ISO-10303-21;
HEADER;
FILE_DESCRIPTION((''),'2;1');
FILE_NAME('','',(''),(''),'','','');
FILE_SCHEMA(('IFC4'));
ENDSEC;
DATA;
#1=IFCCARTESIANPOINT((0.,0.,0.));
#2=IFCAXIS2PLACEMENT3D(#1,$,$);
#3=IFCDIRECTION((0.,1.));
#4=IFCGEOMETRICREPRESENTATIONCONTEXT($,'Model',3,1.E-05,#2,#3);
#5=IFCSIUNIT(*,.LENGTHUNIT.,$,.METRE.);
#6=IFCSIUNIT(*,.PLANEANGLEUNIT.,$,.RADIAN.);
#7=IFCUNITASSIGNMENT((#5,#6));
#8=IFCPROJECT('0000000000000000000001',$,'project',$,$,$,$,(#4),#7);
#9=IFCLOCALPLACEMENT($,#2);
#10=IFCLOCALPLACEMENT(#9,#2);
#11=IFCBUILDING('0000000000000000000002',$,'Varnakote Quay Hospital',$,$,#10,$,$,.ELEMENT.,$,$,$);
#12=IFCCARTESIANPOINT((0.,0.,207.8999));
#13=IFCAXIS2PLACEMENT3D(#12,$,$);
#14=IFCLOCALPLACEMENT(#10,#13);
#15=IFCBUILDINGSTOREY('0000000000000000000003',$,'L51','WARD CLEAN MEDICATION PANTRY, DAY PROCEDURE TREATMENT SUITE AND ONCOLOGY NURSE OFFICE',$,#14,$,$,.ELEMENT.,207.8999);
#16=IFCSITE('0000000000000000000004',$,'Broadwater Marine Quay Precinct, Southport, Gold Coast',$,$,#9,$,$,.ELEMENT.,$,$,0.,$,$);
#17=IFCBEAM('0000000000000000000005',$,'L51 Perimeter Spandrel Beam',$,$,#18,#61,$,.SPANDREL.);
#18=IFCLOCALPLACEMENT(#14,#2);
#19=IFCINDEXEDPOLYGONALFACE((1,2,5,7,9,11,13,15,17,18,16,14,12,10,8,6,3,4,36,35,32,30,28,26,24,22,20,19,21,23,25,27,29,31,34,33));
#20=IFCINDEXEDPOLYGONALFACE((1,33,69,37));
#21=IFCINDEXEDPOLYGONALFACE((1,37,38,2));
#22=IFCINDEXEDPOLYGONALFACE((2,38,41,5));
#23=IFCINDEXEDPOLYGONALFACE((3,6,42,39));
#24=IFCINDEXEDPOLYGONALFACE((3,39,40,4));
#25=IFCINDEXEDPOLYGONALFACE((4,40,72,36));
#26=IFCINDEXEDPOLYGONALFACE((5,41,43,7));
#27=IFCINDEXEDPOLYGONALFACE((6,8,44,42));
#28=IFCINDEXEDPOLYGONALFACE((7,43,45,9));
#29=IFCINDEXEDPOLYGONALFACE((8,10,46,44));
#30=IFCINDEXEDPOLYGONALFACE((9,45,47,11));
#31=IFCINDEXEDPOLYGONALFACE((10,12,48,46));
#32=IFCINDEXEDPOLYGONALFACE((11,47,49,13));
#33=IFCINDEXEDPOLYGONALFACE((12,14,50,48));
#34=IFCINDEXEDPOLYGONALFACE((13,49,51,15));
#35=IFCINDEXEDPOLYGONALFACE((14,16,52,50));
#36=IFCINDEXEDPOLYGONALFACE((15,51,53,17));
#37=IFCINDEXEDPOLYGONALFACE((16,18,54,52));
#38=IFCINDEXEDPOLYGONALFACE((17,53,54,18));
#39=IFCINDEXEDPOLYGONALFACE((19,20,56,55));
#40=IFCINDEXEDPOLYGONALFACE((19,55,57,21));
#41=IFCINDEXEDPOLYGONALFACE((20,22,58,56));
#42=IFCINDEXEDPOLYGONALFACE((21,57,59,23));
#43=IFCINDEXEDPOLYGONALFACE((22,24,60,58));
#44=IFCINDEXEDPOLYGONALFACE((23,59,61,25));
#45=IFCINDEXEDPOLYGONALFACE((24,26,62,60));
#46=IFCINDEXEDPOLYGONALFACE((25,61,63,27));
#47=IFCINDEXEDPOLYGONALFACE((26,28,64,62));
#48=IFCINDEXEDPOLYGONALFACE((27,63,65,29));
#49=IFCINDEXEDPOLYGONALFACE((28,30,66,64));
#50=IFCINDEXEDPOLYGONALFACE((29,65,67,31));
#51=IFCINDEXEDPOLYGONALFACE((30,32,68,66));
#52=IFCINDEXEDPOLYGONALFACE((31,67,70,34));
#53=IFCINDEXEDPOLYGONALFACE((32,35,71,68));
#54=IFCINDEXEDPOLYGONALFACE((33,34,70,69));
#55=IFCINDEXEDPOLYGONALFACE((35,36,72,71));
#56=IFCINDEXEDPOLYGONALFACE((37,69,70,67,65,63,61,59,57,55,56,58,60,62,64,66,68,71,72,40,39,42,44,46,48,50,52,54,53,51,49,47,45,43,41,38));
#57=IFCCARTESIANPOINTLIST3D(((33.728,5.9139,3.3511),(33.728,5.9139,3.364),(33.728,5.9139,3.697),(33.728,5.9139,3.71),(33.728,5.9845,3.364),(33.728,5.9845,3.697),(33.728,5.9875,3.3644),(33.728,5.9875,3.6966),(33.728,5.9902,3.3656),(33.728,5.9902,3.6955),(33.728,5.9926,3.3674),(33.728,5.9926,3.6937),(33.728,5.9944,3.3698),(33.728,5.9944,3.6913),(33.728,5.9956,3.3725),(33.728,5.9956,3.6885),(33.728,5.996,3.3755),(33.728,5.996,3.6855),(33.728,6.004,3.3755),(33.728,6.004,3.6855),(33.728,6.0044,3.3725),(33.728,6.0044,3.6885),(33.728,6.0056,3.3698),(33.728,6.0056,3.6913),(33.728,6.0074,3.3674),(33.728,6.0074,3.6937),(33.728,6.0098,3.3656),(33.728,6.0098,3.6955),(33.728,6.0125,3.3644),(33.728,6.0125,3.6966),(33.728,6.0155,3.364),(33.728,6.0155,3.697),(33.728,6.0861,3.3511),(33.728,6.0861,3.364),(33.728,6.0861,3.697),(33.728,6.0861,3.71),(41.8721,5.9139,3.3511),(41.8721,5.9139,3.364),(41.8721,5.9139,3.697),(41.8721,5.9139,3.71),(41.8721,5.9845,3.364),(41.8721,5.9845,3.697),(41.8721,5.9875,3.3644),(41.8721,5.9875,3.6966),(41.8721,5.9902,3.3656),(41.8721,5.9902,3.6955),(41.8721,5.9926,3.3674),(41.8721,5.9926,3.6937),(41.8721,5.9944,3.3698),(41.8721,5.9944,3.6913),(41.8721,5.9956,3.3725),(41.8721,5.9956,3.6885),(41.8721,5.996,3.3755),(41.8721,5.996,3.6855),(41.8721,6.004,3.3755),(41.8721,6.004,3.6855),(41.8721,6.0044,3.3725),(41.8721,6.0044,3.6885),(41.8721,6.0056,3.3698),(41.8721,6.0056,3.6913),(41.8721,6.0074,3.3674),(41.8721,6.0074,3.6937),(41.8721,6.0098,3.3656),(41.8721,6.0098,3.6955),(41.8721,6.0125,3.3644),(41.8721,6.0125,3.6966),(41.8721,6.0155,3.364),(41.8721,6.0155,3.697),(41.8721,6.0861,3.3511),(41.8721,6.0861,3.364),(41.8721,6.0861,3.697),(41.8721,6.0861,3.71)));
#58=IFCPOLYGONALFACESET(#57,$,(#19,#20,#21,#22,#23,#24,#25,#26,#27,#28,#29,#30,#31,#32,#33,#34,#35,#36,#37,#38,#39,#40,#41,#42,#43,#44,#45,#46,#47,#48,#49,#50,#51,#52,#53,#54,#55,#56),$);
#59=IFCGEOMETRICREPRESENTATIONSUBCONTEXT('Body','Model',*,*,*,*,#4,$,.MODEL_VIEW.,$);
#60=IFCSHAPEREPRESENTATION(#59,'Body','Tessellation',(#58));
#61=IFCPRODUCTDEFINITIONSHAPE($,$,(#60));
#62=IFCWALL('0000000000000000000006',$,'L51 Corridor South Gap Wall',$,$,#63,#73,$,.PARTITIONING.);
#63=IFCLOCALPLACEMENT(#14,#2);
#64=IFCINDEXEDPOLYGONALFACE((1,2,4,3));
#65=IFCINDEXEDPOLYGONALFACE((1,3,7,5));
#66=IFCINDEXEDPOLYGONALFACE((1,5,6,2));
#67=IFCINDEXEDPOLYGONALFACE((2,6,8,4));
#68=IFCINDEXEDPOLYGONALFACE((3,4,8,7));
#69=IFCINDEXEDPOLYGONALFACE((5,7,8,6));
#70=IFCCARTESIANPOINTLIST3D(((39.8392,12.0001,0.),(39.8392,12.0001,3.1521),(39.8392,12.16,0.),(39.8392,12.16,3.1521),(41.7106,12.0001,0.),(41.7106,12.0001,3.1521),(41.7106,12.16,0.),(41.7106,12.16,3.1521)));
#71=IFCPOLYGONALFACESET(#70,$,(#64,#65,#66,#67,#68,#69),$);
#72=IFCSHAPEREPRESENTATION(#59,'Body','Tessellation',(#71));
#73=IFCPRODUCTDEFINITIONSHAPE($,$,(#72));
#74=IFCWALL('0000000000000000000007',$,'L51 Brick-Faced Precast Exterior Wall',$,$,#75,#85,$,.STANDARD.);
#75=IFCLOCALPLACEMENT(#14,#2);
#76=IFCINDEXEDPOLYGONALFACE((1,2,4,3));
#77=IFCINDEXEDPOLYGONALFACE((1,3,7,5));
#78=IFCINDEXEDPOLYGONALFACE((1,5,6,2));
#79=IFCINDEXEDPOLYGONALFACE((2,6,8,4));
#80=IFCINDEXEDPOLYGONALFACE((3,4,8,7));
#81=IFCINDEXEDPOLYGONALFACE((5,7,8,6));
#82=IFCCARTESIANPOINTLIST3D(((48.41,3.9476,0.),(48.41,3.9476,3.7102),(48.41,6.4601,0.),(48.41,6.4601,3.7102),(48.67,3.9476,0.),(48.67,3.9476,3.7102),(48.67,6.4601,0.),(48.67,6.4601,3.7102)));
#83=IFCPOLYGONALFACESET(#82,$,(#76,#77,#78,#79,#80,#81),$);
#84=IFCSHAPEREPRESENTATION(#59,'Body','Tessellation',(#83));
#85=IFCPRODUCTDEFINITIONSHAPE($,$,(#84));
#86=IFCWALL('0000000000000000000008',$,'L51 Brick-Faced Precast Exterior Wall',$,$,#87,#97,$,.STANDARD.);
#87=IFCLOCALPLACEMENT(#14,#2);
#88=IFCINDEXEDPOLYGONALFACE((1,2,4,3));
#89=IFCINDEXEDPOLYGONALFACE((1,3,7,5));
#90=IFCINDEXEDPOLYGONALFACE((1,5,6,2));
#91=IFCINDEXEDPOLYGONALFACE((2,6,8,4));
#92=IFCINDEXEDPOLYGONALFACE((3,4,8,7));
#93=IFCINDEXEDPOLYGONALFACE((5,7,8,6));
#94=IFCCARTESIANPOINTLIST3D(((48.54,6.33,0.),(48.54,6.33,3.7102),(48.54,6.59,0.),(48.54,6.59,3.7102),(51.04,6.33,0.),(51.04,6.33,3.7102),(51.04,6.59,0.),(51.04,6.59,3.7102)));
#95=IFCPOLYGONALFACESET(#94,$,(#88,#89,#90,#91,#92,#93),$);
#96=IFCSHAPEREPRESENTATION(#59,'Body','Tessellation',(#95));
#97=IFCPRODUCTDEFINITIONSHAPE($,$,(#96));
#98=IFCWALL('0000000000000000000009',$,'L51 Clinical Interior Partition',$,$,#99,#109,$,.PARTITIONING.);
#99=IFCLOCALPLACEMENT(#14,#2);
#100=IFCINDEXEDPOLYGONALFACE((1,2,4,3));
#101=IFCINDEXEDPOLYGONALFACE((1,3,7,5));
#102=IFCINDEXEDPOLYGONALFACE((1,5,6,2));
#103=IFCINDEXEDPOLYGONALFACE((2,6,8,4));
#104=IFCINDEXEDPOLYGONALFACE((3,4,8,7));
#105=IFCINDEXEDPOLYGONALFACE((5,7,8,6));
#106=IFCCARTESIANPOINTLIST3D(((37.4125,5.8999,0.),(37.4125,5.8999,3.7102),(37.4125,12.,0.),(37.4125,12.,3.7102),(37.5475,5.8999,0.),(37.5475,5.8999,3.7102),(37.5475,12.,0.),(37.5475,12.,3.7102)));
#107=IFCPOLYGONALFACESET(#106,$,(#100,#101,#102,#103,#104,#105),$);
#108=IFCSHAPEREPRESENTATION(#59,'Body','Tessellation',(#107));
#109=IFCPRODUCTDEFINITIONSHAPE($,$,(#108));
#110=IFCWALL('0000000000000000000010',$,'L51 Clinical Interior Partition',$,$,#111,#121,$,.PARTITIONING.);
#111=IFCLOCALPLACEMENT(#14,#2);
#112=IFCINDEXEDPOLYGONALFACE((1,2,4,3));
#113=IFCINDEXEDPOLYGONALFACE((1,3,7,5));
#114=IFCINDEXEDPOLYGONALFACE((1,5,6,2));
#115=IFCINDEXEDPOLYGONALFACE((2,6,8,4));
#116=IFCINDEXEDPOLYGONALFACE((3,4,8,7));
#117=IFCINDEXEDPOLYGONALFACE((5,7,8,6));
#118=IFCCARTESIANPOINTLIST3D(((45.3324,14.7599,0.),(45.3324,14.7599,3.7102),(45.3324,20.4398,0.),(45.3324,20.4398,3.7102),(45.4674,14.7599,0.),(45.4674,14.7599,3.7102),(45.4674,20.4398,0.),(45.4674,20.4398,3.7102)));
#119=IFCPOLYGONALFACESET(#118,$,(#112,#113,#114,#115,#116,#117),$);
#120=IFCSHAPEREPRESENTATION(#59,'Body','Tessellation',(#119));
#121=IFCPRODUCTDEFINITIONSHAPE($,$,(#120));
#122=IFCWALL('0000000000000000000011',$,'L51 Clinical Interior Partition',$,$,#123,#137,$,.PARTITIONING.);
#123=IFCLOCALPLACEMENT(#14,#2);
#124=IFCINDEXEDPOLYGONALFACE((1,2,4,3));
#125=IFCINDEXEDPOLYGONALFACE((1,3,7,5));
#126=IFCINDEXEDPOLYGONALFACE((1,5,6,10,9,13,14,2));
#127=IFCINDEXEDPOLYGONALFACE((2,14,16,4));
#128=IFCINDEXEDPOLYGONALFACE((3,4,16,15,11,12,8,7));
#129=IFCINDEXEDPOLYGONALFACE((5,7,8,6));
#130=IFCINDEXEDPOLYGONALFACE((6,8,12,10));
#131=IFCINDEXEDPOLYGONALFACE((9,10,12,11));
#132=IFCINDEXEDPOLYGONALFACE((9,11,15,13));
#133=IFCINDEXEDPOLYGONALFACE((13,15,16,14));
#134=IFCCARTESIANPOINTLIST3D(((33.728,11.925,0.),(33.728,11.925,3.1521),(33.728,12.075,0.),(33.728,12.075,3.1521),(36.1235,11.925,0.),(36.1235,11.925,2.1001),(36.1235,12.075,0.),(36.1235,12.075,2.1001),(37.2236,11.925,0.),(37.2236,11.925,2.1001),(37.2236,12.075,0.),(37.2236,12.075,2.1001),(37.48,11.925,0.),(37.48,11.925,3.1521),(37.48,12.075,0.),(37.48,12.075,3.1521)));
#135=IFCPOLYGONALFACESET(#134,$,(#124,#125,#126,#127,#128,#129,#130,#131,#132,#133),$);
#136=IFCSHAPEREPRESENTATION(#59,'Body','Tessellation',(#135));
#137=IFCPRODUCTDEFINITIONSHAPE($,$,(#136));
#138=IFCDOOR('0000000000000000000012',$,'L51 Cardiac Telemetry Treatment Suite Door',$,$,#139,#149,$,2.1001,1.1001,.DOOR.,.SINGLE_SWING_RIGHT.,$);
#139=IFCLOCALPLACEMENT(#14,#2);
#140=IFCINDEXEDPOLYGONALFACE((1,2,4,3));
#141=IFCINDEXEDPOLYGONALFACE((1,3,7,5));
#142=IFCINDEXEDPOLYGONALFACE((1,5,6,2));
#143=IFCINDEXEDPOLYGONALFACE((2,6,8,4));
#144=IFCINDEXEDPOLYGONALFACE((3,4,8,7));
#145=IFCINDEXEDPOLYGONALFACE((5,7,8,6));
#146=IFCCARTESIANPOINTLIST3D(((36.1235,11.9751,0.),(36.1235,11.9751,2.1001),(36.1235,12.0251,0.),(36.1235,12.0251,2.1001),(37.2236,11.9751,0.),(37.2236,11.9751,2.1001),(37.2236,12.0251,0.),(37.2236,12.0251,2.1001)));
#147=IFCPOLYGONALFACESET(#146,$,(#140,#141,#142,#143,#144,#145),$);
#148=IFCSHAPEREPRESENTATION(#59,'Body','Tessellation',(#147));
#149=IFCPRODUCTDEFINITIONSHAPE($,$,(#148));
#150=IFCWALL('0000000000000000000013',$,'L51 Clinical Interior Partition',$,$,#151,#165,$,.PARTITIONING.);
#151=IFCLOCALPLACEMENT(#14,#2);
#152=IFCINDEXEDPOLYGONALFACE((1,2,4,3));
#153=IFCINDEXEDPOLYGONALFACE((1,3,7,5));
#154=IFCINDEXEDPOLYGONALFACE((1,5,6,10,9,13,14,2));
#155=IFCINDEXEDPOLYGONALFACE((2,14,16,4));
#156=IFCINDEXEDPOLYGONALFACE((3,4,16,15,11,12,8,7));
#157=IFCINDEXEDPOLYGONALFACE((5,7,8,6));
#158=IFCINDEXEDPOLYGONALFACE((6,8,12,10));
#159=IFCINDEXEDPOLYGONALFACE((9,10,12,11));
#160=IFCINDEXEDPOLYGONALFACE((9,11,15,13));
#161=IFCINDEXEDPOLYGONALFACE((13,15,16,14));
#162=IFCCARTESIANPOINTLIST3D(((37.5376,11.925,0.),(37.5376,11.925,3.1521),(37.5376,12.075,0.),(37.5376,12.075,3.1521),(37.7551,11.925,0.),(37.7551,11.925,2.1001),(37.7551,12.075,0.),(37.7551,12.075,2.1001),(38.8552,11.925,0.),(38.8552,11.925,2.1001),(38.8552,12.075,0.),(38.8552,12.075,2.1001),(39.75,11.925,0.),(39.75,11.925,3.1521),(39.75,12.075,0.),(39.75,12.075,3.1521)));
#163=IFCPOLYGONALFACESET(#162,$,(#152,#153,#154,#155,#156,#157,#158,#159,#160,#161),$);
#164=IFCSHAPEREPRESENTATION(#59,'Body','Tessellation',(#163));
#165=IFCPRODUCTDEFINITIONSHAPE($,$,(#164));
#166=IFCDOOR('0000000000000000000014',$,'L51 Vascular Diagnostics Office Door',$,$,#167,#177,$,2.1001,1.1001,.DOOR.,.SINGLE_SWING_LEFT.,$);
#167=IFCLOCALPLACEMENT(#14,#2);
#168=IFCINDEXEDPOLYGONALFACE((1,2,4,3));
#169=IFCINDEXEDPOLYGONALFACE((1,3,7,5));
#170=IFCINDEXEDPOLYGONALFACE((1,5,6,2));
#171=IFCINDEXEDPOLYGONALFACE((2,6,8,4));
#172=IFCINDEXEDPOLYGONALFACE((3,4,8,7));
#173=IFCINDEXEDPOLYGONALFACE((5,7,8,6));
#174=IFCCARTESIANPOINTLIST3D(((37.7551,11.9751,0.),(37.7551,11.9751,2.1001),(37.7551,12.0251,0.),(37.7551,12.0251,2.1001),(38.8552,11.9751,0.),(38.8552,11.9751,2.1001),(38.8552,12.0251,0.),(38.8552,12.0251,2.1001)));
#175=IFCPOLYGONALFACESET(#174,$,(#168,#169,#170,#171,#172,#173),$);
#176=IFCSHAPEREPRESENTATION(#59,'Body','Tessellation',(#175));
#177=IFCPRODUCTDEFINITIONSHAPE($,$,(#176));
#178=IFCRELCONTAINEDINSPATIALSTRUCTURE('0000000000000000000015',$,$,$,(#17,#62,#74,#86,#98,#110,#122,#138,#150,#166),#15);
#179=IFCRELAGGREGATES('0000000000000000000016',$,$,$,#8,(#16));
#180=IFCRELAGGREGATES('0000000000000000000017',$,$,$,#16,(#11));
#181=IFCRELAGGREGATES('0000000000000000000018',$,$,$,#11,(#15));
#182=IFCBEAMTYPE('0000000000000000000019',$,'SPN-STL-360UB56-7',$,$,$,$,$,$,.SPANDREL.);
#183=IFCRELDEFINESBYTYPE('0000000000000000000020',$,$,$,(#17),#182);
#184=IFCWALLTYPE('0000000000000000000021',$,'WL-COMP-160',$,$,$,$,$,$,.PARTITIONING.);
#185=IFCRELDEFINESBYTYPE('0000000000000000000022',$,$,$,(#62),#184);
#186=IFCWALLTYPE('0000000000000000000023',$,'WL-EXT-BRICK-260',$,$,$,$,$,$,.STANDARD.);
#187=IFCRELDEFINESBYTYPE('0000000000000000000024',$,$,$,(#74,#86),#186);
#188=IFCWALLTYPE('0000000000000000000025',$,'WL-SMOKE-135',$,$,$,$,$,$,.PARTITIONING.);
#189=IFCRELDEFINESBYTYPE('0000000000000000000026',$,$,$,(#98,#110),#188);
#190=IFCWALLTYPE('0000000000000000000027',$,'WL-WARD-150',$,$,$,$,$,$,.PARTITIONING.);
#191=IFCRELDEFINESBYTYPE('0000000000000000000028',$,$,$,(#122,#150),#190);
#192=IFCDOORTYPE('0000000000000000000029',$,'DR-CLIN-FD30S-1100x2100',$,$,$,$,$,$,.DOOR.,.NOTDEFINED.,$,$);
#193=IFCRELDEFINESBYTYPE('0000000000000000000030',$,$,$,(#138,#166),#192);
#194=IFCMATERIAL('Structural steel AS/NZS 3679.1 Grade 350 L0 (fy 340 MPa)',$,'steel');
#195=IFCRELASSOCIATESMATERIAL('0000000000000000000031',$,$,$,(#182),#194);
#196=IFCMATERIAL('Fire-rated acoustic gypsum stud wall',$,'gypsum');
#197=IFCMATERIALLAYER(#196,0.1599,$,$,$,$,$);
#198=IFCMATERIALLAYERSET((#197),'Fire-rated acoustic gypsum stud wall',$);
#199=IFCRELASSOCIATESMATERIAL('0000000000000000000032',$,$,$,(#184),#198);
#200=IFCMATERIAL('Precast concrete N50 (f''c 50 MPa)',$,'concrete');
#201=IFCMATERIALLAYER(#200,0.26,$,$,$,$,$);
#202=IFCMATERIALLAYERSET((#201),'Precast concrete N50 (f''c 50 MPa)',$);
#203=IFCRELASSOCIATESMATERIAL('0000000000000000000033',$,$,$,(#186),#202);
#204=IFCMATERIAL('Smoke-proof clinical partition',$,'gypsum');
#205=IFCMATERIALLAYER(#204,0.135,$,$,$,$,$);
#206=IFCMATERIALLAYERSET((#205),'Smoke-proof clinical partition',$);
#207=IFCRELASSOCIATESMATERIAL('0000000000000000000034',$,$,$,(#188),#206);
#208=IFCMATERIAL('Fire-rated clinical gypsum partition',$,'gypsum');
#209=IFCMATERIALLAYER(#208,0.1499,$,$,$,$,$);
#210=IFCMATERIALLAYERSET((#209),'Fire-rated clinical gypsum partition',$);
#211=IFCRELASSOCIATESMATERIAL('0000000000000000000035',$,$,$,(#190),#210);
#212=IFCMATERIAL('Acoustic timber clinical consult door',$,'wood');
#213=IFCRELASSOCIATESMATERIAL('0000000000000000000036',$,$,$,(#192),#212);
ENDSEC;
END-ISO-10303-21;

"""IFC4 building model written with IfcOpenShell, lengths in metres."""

from ifc_helpers import new_model, si_unit, direction, frame, frame_2d, origin, origin_2d, place, context, subcontext, project, spatial, rectangle, i_section, extrude, material, layer, layer_set, material_profile, profile_set, type_object, element, fill, save


model = new_model("IFC4")

# Units and contexts
model_context = context("Model", 3, precision=1e-05, world=origin(), true_north=direction((0.0, 1.0)))
body_context = subcontext(model_context, "Body", "Model", "MODEL_VIEW")
ifc_project = project(units=[si_unit("LENGTHUNIT", "METRE"), si_unit("PLANEANGLEUNIT", "RADIAN")], contexts=[model_context])

# Site, building, storey
site_placement = place(None, origin())
site = spatial("IfcSite", under=ifc_project, at=site_placement, Name="Broadwater Marine Quay Precinct, Southport, Gold Coast", CompositionType="ELEMENT", RefElevation=0.0)
building_placement = place(site_placement, origin())
building = spatial("IfcBuilding", under=site, at=building_placement, Name="Varnakote Quay Hospital", CompositionType="ELEMENT")
storey_placement = place(building_placement, frame((0.0, 0.0, 207.8999)))
storey = spatial("IfcBuildingStorey", under=building, at=storey_placement, Name="L51", Description="WARD CLEAN MEDICATION PANTRY, DAY PROCEDURE TREATMENT SUITE AND ONCOLOGY NURSE OFFICE", CompositionType="ELEMENT", Elevation=207.8999)

# Beam
ifc_material_1 = material(Name="Structural steel AS/NZS 3679.1 Grade 350 L0 (fy 340 MPa)", Category="steel")
ifc_material_profile_1 = material_profile(ifc_material_1, i_section(OverallWidth=0.1721, OverallDepth=0.3589, WebThickness=0.0081, FlangeThickness=0.0129, FilletRadius=0.0115, at=origin_2d()), Name="360UB56.7")
ifc_profile_set_1 = profile_set([ifc_material_profile_1], Name="Structural steel AS/NZS 3679.1 Grade 350 L0 (fy 340 MPa)")
beam_type_1 = type_object("IfcBeamType", Name="SPN-STL-360UB56-7", PredefinedType="SPANDREL", material=ifc_profile_set_1)
beam_1_placement = place(storey_placement, frame((33.728, 6.0, 3.5305), z_axis=(1.0, 0.0, 0.0), x_axis=(0.0, 1.0, 0.0)))
element("IfcBeam", 1, at=beam_1_placement, inside=storey, type_object=beam_type_1, Name="L51 Perimeter Spandrel Beam", PredefinedType="SPANDREL", context=body_context, shape_type="SweptSolid", body=[
    extrude(i_section(OverallWidth=0.1721, OverallDepth=0.3589, WebThickness=0.0081, FlangeThickness=0.0129, FilletRadius=0.0115, at=origin_2d()), origin(), (0.0, 0.0, 1.0), 8.144),
])

# Walls
ifc_material_2 = material(Name="Fire-rated acoustic gypsum stud wall", Category="gypsum")
ifc_layer_1 = layer(ifc_material_2, 0.1599)
ifc_layer_set_1 = layer_set([ifc_layer_1], Name="Fire-rated acoustic gypsum stud wall")
wall_type_1 = type_object("IfcWallType", Name="WL-COMP-160", PredefinedType="PARTITIONING", material=ifc_layer_set_1)
wall_1_placement = place(storey_placement, frame((39.8394, 12.0801, 0.0), z_axis=(0.0, 0.0, 1.0), x_axis=(1.0, 0.0, 0.0)))
element("IfcWall", 2, at=wall_1_placement, inside=storey, type_object=wall_type_1, Name="L51 Corridor South Gap Wall", PredefinedType="PARTITIONING", context=body_context, shape_type="SweptSolid", body=[
    extrude(rectangle(XDim=1.8713, YDim=0.1599, at=frame_2d((0.9355, 0.0))), origin(), (0.0, 0.0, 1.0), 3.1521),
])
ifc_material_3 = material(Name="Precast concrete N50 (f'c 50 MPa)", Category="concrete")
ifc_layer_2 = layer(ifc_material_3, 0.26)
ifc_layer_set_2 = layer_set([ifc_layer_2], Name="Precast concrete N50 (f'c 50 MPa)")
wall_type_2 = type_object("IfcWallType", Name="WL-EXT-BRICK-260", PredefinedType="STANDARD", material=ifc_layer_set_2)
wall_2_placement = place(storey_placement, frame((48.54, 3.9475, 0.0), z_axis=(0.0, 0.0, 1.0), x_axis=(0.0, 1.0, 0.0)))
element("IfcWall", 3, at=wall_2_placement, inside=storey, type_object=wall_type_2, Name="L51 Brick-Faced Precast Exterior Wall", PredefinedType="STANDARD", context=body_context, shape_type="SweptSolid", body=[
    extrude(rectangle(XDim=2.5125, YDim=0.26, at=frame_2d((1.2563, 0.0))), origin(), (0.0, 0.0, 1.0), 3.7102),
])
wall_3_placement = place(storey_placement, frame((48.54, 6.46, 0.0), z_axis=(0.0, 0.0, 1.0), x_axis=(1.0, 0.0, 0.0)))
element("IfcWall", 4, at=wall_3_placement, inside=storey, type_object=wall_type_2, Name="L51 Brick-Faced Precast Exterior Wall", PredefinedType="STANDARD", context=body_context, shape_type="SweptSolid", body=[
    extrude(rectangle(XDim=2.5, YDim=0.26, at=frame_2d((1.25, 0.0))), origin(), (0.0, 0.0, 1.0), 3.7102),
])
ifc_material_4 = material(Name="Smoke-proof clinical partition", Category="gypsum")
ifc_layer_3 = layer(ifc_material_4, 0.135)
ifc_layer_set_3 = layer_set([ifc_layer_3], Name="Smoke-proof clinical partition")
wall_type_3 = type_object("IfcWallType", Name="WL-SMOKE-135", PredefinedType="PARTITIONING", material=ifc_layer_set_3)
wall_4_placement = place(storey_placement, frame((37.48, 5.8999, 0.0), z_axis=(0.0, 0.0, 1.0), x_axis=(0.0, 1.0, 0.0)))
element("IfcWall", 5, at=wall_4_placement, inside=storey, type_object=wall_type_3, Name="L51 Clinical Interior Partition", PredefinedType="PARTITIONING", context=body_context, shape_type="SweptSolid", body=[
    extrude(rectangle(XDim=6.1001, YDim=0.135, at=frame_2d((3.05, 0.0))), origin(), (0.0, 0.0, 1.0), 3.7102),
])
wall_5_placement = place(storey_placement, frame((45.3999, 14.76, 0.0), z_axis=(0.0, 0.0, 1.0), x_axis=(0.0, 1.0, 0.0)))
element("IfcWall", 6, at=wall_5_placement, inside=storey, type_object=wall_type_3, Name="L51 Clinical Interior Partition", PredefinedType="PARTITIONING", context=body_context, shape_type="SweptSolid", body=[
    extrude(rectangle(XDim=5.6799, YDim=0.135, at=frame_2d((2.8398, 0.0))), origin(), (0.0, 0.0, 1.0), 3.7102),
])

# Walls, openings, doors
ifc_material_5 = material(Name="Fire-rated clinical gypsum partition", Category="gypsum")
ifc_layer_4 = layer(ifc_material_5, 0.1499)
ifc_layer_set_4 = layer_set([ifc_layer_4], Name="Fire-rated clinical gypsum partition")
wall_type_4 = type_object("IfcWallType", Name="WL-WARD-150", PredefinedType="PARTITIONING", material=ifc_layer_set_4)
wall_6_placement = place(storey_placement, frame((37.48, 12.0, 0.0), z_axis=(0.0, 0.0, 1.0), x_axis=(-1.0, 0.0, 0.0)))
wall_6 = element("IfcWall", 7, at=wall_6_placement, inside=storey, type_object=wall_type_4, Name="L51 Clinical Interior Partition", PredefinedType="PARTITIONING", context=body_context, shape_type="SweptSolid", body=[
    extrude(rectangle(XDim=3.752, YDim=0.1499, at=frame_2d((1.876, 0.0))), origin(), (0.0, 0.0, 1.0), 3.1521),
])
opening_1_placement = place(wall_6_placement, frame((0.2563, 0.0, 0.0)))
opening_1 = element("IfcOpeningElement", 8, at=opening_1_placement, cuts=wall_6, PredefinedType="OPENING", context=body_context, shape_type="SweptSolid", body=[
    extrude(rectangle(XDim=1.1001, YDim=2.1001, at=frame_2d((0.55, 1.05))), frame((0.0, 0.085, 0.0), z_axis=(0.0, -1.0, 0.0), x_axis=(1.0, 0.0, 0.0)), (0.0, 0.0, 1.0), 0.1699),
])
ifc_material_6 = material(Name="Acoustic timber clinical consult door", Category="wood")
door_type = type_object("IfcDoorType", Name="DR-CLIN-FD30S-1100x2100", OperationType="NOTDEFINED", PredefinedType="DOOR", material=ifc_material_6)
door_1_placement = place(opening_1_placement, origin())
door_1 = element("IfcDoor", 9, at=door_1_placement, inside=storey, type_object=door_type, Name="L51 Cardiac Telemetry Treatment Suite Door", OperationType="SINGLE_SWING_RIGHT", OverallHeight=2.1001, OverallWidth=1.1001, PredefinedType="DOOR", context=body_context, shape_type="SweptSolid", body=[
    extrude(rectangle(XDim=1.1001, YDim=2.1001, at=frame_2d((0.55, 1.05))), frame((0.0, 0.0249, 0.0), z_axis=(0.0, -1.0, 0.0), x_axis=(1.0, 0.0, 0.0)), (0.0, 0.0, 1.0), 0.05),
])
fill(opening_1, door_1)
wall_7_placement = place(storey_placement, frame((39.75, 12.0, 0.0), z_axis=(0.0, 0.0, 1.0), x_axis=(-1.0, 0.0, 0.0)))
wall_7 = element("IfcWall", 10, at=wall_7_placement, inside=storey, type_object=wall_type_4, Name="L51 Clinical Interior Partition", PredefinedType="PARTITIONING", context=body_context, shape_type="SweptSolid", body=[
    extrude(rectangle(XDim=2.2124, YDim=0.1499, at=frame_2d((1.1062, 0.0))), origin(), (0.0, 0.0, 1.0), 3.1521),
])
opening_2_placement = place(wall_7_placement, frame((0.8948, 0.0, 0.0)))
opening_2 = element("IfcOpeningElement", 11, at=opening_2_placement, cuts=wall_7, PredefinedType="OPENING", context=body_context, shape_type="SweptSolid", body=[
    extrude(rectangle(XDim=1.1001, YDim=2.1001, at=frame_2d((0.55, 1.05))), frame((0.0, 0.085, 0.0), z_axis=(0.0, -1.0, 0.0), x_axis=(1.0, 0.0, 0.0)), (0.0, 0.0, 1.0), 0.1699),
])
door_2_placement = place(opening_2_placement, origin())
door_2 = element("IfcDoor", 12, at=door_2_placement, inside=storey, type_object=door_type, Name="L51 Vascular Diagnostics Office Door", OperationType="SINGLE_SWING_LEFT", OverallHeight=2.1001, OverallWidth=1.1001, PredefinedType="DOOR", context=body_context, shape_type="SweptSolid", body=[
    extrude(rectangle(XDim=1.1001, YDim=2.1001, at=frame_2d((0.55, 1.05))), frame((0.0, 0.0249, 0.0), z_axis=(0.0, -1.0, 0.0), x_axis=(1.0, 0.0, 0.0)), (0.0, 0.0, 1.0), 0.05),
])
fill(opening_2, door_2)

save(model, "model.ifc")
